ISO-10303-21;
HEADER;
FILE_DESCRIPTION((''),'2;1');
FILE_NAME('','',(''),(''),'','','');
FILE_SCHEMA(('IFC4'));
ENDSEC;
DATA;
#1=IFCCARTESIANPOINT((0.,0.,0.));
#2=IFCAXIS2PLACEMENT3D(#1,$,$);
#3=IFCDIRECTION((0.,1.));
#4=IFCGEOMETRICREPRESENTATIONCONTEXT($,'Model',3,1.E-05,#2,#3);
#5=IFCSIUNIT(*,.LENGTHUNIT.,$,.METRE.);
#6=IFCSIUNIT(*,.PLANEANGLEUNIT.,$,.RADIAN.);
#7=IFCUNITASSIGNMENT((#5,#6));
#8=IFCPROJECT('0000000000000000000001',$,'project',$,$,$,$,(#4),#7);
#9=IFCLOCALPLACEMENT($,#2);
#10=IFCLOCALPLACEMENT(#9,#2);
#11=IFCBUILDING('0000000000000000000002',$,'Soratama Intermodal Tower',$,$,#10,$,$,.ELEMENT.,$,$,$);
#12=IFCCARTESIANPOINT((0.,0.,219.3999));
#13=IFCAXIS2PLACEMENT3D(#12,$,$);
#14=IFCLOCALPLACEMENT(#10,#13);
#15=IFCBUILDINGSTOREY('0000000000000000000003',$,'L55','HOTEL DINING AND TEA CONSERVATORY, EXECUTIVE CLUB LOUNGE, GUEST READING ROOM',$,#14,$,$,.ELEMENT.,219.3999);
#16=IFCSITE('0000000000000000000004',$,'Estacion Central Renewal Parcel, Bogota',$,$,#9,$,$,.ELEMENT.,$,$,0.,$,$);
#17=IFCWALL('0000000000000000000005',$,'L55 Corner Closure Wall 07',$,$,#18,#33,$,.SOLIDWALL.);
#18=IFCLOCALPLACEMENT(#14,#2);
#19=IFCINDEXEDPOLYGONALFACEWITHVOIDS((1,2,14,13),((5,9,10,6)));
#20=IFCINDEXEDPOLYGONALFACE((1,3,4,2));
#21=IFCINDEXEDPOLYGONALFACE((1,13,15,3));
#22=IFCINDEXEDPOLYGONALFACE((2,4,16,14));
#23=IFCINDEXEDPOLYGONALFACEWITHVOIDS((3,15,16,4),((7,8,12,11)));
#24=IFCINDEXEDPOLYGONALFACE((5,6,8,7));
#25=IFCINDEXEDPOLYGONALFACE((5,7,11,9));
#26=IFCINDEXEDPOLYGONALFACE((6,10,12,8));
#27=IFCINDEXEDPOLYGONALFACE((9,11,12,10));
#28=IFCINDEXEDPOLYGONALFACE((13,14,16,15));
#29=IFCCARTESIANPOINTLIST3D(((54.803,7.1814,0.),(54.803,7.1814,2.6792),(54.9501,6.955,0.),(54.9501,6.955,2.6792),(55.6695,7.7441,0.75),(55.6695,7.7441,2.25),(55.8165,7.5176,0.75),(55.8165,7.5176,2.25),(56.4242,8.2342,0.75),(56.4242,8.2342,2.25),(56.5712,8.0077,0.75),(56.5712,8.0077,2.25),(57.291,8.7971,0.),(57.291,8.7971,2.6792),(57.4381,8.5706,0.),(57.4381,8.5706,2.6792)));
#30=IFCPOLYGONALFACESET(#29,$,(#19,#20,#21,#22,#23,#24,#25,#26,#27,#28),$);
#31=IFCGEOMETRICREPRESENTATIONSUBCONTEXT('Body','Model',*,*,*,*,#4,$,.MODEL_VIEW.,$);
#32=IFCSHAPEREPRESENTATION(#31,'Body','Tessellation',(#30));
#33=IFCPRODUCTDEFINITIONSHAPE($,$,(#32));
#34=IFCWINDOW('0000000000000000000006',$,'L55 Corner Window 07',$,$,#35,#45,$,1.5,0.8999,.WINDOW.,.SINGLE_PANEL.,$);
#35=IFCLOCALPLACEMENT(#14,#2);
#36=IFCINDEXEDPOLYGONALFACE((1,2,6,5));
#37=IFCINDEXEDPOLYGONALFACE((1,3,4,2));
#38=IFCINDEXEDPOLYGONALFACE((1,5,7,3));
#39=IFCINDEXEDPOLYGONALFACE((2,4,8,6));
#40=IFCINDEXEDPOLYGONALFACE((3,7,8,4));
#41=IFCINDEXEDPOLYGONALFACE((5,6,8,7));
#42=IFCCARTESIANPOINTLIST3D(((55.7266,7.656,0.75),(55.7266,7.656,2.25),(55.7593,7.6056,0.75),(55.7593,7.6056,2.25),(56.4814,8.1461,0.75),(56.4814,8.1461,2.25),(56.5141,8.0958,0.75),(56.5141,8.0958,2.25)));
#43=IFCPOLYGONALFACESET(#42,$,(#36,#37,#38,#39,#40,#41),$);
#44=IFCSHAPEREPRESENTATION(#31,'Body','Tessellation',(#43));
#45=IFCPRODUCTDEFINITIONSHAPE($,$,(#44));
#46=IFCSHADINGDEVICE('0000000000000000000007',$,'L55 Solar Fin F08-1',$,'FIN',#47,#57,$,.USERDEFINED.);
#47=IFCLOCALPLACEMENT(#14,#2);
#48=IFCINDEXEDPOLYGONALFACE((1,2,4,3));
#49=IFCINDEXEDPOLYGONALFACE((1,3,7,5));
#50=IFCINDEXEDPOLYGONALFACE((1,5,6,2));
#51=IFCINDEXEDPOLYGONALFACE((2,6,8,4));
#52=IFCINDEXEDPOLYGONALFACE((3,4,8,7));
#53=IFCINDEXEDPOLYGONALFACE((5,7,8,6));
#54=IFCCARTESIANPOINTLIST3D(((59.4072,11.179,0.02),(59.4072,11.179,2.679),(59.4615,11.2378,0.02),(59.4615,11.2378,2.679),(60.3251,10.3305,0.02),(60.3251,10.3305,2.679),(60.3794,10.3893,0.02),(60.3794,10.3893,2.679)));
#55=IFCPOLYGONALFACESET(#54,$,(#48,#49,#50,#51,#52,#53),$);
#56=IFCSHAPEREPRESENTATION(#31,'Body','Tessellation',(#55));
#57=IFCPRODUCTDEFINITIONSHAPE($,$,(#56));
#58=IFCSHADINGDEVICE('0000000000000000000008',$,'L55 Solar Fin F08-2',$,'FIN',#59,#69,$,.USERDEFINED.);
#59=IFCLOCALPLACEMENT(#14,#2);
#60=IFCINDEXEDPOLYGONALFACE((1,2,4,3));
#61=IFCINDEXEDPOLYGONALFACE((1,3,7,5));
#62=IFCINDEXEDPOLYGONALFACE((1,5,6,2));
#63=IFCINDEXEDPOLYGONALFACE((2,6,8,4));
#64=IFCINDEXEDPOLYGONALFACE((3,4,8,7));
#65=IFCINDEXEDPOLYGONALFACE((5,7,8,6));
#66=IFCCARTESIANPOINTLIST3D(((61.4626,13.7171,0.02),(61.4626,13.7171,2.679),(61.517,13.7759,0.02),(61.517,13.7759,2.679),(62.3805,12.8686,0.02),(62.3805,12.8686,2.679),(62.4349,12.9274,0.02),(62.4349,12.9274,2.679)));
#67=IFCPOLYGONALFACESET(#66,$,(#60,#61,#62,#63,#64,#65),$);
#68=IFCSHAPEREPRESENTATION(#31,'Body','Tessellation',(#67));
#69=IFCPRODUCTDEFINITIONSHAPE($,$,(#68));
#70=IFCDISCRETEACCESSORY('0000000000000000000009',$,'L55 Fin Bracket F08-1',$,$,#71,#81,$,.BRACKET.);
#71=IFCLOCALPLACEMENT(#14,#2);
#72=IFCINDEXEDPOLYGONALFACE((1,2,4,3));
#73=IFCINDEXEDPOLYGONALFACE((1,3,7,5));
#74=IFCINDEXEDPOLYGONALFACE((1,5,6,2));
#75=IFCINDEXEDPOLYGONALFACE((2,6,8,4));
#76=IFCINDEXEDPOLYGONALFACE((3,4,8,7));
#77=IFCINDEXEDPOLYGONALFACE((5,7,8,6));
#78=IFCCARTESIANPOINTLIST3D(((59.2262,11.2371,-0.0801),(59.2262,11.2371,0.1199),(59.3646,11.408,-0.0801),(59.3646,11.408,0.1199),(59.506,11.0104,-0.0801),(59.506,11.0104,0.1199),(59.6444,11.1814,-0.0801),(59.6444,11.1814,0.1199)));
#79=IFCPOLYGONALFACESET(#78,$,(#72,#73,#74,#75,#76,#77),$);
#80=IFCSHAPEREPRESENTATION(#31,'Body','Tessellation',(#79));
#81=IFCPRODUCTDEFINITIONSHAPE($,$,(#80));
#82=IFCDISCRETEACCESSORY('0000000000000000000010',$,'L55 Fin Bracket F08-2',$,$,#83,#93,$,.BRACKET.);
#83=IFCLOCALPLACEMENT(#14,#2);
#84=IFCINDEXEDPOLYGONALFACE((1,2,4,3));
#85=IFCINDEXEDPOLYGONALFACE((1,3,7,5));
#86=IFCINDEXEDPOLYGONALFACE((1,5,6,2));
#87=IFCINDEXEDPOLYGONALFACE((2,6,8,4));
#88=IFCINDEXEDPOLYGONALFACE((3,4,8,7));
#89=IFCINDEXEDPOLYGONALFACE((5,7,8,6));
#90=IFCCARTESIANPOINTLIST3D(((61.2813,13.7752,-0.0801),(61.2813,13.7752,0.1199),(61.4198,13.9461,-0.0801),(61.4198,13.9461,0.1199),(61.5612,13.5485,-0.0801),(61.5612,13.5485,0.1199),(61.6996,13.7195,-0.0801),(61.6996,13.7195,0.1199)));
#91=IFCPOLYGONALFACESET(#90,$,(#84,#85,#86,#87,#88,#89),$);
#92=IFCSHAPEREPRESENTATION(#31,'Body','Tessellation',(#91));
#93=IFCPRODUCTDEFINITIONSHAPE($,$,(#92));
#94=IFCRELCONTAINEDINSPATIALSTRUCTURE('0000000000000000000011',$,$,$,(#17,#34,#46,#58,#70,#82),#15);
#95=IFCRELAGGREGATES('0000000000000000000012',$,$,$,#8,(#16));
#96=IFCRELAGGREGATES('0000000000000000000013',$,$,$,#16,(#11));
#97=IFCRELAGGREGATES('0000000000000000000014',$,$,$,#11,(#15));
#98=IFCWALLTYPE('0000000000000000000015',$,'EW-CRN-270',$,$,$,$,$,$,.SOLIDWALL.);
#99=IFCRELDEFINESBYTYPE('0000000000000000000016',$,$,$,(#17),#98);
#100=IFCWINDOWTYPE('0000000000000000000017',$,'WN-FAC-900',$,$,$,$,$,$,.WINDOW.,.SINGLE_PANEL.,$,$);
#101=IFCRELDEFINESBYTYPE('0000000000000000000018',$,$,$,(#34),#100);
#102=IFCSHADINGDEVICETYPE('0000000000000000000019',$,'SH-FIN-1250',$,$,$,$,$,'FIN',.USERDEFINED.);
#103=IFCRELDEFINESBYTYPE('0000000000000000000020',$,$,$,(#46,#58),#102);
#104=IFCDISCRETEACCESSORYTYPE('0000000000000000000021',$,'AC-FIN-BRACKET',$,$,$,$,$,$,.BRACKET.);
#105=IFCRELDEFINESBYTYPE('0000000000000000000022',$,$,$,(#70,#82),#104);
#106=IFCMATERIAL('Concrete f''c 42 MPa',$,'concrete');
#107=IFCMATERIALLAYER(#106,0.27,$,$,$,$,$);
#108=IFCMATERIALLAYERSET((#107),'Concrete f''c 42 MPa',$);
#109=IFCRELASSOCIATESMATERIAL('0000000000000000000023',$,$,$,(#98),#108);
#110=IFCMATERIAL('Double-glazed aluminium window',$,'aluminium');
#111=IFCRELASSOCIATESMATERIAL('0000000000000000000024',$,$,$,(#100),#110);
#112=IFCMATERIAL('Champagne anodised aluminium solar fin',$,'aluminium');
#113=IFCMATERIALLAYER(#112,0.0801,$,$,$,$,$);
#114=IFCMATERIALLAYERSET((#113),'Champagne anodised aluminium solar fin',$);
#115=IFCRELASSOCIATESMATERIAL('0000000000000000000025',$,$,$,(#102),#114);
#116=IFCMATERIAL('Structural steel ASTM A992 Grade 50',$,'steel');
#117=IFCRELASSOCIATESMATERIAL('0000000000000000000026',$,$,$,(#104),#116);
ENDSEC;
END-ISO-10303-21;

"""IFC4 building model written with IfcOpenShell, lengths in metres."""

from ifc_helpers import new_model, si_unit, direction, frame, frame_2d, origin, origin_2d, place, context, subcontext, project, spatial, rectangle, extrude, material, layer, layer_set, type_object, element, fill, save


model = new_model("IFC4")

# Units and contexts
model_context = context("Model", 3, precision=1e-05, world=origin(), true_north=direction((0.0, 1.0)))
body_context = subcontext(model_context, "Body", "Model", "MODEL_VIEW")
ifc_project = project(units=[si_unit("LENGTHUNIT", "METRE"), si_unit("PLANEANGLEUNIT", "RADIAN")], contexts=[model_context])

# Site, building, storey
site_placement = place(None, origin())
site = spatial("IfcSite", under=ifc_project, at=site_placement, Name="Estacion Central Renewal Parcel, Bogota", CompositionType="ELEMENT", RefElevation=0.0)
building_placement = place(site_placement, origin())
building = spatial("IfcBuilding", under=site, at=building_placement, Name="Soratama Intermodal Tower", CompositionType="ELEMENT")
storey_placement = place(building_placement, frame((0.0, 0.0, 219.3999)))
storey = spatial("IfcBuildingStorey", under=building, at=storey_placement, Name="L55", Description="HOTEL DINING AND TEA CONSERVATORY, EXECUTIVE CLUB LOUNGE, GUEST READING ROOM", CompositionType="ELEMENT", Elevation=219.3999)

# Wall, opening, window
ifc_material_1 = material(Name="Concrete f'c 42 MPa", Category="concrete")
ifc_layer_1 = layer(ifc_material_1, 0.27)
ifc_layer_set_1 = layer_set([ifc_layer_1], Name="Concrete f'c 42 MPa")
wall_type = type_object("IfcWallType", Name="EW-CRN-270", PredefinedType="SOLIDWALL", material=ifc_layer_set_1)
wall_placement = place(storey_placement, frame((54.8765, 7.0681, 0.0), z_axis=(0.0, 0.0, 1.0), x_axis=(0.838675, 0.544633, 0.0)))
wall = element("IfcWall", 1, at=wall_placement, inside=storey, type_object=wall_type, Name="L55 Corner Closure Wall 07", PredefinedType="SOLIDWALL", context=body_context, shape_type="SweptSolid", body=[
    extrude(rectangle(XDim=2.9666, YDim=0.27, at=frame_2d((1.4834, 0.0))), origin(), (0.0, 0.0, 1.0), 2.6792),
])
opening_placement = place(wall_placement, frame((1.0332, 0.0, 0.75)))
opening = element("IfcOpeningElement", 2, at=opening_placement, cuts=wall, PredefinedType="OPENING", context=body_context, shape_type="SweptSolid", body=[
    extrude(rectangle(XDim=0.8999, YDim=1.5, at=frame_2d((0.45, 0.75))), frame((0.0, 0.145, 0.0), z_axis=(0.0, -1.0, 0.0), x_axis=(1.0, 0.0, 0.0)), (0.0, 0.0, 1.0), 0.29),
])
ifc_material_2 = material(Name="Double-glazed aluminium window", Category="aluminium")
window_type = type_object("IfcWindowType", Name="WN-FAC-900", PartitioningType="SINGLE_PANEL", PredefinedType="WINDOW", material=ifc_material_2)
window_placement = place(opening_placement, origin())
window = element("IfcWindow", 3, at=window_placement, inside=storey, type_object=window_type, Name="L55 Corner Window 07", OverallHeight=1.5, OverallWidth=0.8999, PartitioningType="SINGLE_PANEL", PredefinedType="WINDOW", context=body_context, shape_type="SweptSolid", body=[
    extrude(rectangle(XDim=0.8999, YDim=1.5, at=frame_2d((0.45, 0.75))), frame((0.0, 0.03, 0.0), z_axis=(0.0, -1.0, 0.0), x_axis=(1.0, 0.0, 0.0)), (0.0, 0.0, 1.0), 0.0601),
])
fill(opening, window)

# Shading devices
ifc_material_3 = material(Name="Champagne anodised aluminium solar fin", Category="aluminium")
ifc_layer_2 = layer(ifc_material_3, 0.0801)
ifc_layer_set_2 = layer_set([ifc_layer_2], Name="Champagne anodised aluminium solar fin")
shading_device_type = type_object("IfcShadingDeviceType", Name="SH-FIN-1250", ElementType="FIN", PredefinedType="USERDEFINED", material=ifc_layer_set_2)
for number, where, z_axis, x_axis, name in (
    (4, (59.8933, 10.7842, 0.02), (0.0, 0.0, 1.0), (0.734323, -0.678801, 0.0), "L55 Solar Fin F08-1"),
    (5, (61.9487, 13.3223, 0.02), (0.0, 0.0, 1.0), (0.734323, -0.678801, 0.0), "L55 Solar Fin F08-2"),
):
    element("IfcShadingDevice", number, at=place(storey_placement, frame(where, z_axis=z_axis, x_axis=x_axis)), inside=storey, type_object=shading_device_type, Name=name, ObjectType="FIN", PredefinedType="USERDEFINED", context=body_context, shape_type="SweptSolid", body=[
        extrude(rectangle(XDim=1.25, YDim=0.0801, at=origin_2d()), origin(), (0.0, 0.0, 1.0), 2.6589),
    ])

# Discrete accessories
ifc_material_4 = material(Name="Structural steel ASTM A992 Grade 50", Category="steel")
discrete_accessory_type = type_object("IfcDiscreteAccessoryType", Name="AC-FIN-BRACKET", PredefinedType="BRACKET", material=ifc_material_4)
for number, where, z_axis, x_axis, name in (
    (6, (59.4353, 11.2092, -0.0801), (0.0, 0.0, 1.0), (0.777146, -0.62932, 0.0), "L55 Fin Bracket F08-1"),
    (7, (61.4905, 13.7473, -0.0801), (0.0, 0.0, 1.0), (0.777146, -0.62932, 0.0), "L55 Fin Bracket F08-2"),
):
    element("IfcDiscreteAccessory", number, at=place(storey_placement, frame(where, z_axis=z_axis, x_axis=x_axis)), inside=storey, type_object=discrete_accessory_type, Name=name, PredefinedType="BRACKET", context=body_context, shape_type="SweptSolid", body=[
        extrude(rectangle(XDim=0.3601, YDim=0.22, at=origin_2d()), origin(), (0.0, 0.0, 1.0), 0.2),
    ])

save(model, "model.ifc")
